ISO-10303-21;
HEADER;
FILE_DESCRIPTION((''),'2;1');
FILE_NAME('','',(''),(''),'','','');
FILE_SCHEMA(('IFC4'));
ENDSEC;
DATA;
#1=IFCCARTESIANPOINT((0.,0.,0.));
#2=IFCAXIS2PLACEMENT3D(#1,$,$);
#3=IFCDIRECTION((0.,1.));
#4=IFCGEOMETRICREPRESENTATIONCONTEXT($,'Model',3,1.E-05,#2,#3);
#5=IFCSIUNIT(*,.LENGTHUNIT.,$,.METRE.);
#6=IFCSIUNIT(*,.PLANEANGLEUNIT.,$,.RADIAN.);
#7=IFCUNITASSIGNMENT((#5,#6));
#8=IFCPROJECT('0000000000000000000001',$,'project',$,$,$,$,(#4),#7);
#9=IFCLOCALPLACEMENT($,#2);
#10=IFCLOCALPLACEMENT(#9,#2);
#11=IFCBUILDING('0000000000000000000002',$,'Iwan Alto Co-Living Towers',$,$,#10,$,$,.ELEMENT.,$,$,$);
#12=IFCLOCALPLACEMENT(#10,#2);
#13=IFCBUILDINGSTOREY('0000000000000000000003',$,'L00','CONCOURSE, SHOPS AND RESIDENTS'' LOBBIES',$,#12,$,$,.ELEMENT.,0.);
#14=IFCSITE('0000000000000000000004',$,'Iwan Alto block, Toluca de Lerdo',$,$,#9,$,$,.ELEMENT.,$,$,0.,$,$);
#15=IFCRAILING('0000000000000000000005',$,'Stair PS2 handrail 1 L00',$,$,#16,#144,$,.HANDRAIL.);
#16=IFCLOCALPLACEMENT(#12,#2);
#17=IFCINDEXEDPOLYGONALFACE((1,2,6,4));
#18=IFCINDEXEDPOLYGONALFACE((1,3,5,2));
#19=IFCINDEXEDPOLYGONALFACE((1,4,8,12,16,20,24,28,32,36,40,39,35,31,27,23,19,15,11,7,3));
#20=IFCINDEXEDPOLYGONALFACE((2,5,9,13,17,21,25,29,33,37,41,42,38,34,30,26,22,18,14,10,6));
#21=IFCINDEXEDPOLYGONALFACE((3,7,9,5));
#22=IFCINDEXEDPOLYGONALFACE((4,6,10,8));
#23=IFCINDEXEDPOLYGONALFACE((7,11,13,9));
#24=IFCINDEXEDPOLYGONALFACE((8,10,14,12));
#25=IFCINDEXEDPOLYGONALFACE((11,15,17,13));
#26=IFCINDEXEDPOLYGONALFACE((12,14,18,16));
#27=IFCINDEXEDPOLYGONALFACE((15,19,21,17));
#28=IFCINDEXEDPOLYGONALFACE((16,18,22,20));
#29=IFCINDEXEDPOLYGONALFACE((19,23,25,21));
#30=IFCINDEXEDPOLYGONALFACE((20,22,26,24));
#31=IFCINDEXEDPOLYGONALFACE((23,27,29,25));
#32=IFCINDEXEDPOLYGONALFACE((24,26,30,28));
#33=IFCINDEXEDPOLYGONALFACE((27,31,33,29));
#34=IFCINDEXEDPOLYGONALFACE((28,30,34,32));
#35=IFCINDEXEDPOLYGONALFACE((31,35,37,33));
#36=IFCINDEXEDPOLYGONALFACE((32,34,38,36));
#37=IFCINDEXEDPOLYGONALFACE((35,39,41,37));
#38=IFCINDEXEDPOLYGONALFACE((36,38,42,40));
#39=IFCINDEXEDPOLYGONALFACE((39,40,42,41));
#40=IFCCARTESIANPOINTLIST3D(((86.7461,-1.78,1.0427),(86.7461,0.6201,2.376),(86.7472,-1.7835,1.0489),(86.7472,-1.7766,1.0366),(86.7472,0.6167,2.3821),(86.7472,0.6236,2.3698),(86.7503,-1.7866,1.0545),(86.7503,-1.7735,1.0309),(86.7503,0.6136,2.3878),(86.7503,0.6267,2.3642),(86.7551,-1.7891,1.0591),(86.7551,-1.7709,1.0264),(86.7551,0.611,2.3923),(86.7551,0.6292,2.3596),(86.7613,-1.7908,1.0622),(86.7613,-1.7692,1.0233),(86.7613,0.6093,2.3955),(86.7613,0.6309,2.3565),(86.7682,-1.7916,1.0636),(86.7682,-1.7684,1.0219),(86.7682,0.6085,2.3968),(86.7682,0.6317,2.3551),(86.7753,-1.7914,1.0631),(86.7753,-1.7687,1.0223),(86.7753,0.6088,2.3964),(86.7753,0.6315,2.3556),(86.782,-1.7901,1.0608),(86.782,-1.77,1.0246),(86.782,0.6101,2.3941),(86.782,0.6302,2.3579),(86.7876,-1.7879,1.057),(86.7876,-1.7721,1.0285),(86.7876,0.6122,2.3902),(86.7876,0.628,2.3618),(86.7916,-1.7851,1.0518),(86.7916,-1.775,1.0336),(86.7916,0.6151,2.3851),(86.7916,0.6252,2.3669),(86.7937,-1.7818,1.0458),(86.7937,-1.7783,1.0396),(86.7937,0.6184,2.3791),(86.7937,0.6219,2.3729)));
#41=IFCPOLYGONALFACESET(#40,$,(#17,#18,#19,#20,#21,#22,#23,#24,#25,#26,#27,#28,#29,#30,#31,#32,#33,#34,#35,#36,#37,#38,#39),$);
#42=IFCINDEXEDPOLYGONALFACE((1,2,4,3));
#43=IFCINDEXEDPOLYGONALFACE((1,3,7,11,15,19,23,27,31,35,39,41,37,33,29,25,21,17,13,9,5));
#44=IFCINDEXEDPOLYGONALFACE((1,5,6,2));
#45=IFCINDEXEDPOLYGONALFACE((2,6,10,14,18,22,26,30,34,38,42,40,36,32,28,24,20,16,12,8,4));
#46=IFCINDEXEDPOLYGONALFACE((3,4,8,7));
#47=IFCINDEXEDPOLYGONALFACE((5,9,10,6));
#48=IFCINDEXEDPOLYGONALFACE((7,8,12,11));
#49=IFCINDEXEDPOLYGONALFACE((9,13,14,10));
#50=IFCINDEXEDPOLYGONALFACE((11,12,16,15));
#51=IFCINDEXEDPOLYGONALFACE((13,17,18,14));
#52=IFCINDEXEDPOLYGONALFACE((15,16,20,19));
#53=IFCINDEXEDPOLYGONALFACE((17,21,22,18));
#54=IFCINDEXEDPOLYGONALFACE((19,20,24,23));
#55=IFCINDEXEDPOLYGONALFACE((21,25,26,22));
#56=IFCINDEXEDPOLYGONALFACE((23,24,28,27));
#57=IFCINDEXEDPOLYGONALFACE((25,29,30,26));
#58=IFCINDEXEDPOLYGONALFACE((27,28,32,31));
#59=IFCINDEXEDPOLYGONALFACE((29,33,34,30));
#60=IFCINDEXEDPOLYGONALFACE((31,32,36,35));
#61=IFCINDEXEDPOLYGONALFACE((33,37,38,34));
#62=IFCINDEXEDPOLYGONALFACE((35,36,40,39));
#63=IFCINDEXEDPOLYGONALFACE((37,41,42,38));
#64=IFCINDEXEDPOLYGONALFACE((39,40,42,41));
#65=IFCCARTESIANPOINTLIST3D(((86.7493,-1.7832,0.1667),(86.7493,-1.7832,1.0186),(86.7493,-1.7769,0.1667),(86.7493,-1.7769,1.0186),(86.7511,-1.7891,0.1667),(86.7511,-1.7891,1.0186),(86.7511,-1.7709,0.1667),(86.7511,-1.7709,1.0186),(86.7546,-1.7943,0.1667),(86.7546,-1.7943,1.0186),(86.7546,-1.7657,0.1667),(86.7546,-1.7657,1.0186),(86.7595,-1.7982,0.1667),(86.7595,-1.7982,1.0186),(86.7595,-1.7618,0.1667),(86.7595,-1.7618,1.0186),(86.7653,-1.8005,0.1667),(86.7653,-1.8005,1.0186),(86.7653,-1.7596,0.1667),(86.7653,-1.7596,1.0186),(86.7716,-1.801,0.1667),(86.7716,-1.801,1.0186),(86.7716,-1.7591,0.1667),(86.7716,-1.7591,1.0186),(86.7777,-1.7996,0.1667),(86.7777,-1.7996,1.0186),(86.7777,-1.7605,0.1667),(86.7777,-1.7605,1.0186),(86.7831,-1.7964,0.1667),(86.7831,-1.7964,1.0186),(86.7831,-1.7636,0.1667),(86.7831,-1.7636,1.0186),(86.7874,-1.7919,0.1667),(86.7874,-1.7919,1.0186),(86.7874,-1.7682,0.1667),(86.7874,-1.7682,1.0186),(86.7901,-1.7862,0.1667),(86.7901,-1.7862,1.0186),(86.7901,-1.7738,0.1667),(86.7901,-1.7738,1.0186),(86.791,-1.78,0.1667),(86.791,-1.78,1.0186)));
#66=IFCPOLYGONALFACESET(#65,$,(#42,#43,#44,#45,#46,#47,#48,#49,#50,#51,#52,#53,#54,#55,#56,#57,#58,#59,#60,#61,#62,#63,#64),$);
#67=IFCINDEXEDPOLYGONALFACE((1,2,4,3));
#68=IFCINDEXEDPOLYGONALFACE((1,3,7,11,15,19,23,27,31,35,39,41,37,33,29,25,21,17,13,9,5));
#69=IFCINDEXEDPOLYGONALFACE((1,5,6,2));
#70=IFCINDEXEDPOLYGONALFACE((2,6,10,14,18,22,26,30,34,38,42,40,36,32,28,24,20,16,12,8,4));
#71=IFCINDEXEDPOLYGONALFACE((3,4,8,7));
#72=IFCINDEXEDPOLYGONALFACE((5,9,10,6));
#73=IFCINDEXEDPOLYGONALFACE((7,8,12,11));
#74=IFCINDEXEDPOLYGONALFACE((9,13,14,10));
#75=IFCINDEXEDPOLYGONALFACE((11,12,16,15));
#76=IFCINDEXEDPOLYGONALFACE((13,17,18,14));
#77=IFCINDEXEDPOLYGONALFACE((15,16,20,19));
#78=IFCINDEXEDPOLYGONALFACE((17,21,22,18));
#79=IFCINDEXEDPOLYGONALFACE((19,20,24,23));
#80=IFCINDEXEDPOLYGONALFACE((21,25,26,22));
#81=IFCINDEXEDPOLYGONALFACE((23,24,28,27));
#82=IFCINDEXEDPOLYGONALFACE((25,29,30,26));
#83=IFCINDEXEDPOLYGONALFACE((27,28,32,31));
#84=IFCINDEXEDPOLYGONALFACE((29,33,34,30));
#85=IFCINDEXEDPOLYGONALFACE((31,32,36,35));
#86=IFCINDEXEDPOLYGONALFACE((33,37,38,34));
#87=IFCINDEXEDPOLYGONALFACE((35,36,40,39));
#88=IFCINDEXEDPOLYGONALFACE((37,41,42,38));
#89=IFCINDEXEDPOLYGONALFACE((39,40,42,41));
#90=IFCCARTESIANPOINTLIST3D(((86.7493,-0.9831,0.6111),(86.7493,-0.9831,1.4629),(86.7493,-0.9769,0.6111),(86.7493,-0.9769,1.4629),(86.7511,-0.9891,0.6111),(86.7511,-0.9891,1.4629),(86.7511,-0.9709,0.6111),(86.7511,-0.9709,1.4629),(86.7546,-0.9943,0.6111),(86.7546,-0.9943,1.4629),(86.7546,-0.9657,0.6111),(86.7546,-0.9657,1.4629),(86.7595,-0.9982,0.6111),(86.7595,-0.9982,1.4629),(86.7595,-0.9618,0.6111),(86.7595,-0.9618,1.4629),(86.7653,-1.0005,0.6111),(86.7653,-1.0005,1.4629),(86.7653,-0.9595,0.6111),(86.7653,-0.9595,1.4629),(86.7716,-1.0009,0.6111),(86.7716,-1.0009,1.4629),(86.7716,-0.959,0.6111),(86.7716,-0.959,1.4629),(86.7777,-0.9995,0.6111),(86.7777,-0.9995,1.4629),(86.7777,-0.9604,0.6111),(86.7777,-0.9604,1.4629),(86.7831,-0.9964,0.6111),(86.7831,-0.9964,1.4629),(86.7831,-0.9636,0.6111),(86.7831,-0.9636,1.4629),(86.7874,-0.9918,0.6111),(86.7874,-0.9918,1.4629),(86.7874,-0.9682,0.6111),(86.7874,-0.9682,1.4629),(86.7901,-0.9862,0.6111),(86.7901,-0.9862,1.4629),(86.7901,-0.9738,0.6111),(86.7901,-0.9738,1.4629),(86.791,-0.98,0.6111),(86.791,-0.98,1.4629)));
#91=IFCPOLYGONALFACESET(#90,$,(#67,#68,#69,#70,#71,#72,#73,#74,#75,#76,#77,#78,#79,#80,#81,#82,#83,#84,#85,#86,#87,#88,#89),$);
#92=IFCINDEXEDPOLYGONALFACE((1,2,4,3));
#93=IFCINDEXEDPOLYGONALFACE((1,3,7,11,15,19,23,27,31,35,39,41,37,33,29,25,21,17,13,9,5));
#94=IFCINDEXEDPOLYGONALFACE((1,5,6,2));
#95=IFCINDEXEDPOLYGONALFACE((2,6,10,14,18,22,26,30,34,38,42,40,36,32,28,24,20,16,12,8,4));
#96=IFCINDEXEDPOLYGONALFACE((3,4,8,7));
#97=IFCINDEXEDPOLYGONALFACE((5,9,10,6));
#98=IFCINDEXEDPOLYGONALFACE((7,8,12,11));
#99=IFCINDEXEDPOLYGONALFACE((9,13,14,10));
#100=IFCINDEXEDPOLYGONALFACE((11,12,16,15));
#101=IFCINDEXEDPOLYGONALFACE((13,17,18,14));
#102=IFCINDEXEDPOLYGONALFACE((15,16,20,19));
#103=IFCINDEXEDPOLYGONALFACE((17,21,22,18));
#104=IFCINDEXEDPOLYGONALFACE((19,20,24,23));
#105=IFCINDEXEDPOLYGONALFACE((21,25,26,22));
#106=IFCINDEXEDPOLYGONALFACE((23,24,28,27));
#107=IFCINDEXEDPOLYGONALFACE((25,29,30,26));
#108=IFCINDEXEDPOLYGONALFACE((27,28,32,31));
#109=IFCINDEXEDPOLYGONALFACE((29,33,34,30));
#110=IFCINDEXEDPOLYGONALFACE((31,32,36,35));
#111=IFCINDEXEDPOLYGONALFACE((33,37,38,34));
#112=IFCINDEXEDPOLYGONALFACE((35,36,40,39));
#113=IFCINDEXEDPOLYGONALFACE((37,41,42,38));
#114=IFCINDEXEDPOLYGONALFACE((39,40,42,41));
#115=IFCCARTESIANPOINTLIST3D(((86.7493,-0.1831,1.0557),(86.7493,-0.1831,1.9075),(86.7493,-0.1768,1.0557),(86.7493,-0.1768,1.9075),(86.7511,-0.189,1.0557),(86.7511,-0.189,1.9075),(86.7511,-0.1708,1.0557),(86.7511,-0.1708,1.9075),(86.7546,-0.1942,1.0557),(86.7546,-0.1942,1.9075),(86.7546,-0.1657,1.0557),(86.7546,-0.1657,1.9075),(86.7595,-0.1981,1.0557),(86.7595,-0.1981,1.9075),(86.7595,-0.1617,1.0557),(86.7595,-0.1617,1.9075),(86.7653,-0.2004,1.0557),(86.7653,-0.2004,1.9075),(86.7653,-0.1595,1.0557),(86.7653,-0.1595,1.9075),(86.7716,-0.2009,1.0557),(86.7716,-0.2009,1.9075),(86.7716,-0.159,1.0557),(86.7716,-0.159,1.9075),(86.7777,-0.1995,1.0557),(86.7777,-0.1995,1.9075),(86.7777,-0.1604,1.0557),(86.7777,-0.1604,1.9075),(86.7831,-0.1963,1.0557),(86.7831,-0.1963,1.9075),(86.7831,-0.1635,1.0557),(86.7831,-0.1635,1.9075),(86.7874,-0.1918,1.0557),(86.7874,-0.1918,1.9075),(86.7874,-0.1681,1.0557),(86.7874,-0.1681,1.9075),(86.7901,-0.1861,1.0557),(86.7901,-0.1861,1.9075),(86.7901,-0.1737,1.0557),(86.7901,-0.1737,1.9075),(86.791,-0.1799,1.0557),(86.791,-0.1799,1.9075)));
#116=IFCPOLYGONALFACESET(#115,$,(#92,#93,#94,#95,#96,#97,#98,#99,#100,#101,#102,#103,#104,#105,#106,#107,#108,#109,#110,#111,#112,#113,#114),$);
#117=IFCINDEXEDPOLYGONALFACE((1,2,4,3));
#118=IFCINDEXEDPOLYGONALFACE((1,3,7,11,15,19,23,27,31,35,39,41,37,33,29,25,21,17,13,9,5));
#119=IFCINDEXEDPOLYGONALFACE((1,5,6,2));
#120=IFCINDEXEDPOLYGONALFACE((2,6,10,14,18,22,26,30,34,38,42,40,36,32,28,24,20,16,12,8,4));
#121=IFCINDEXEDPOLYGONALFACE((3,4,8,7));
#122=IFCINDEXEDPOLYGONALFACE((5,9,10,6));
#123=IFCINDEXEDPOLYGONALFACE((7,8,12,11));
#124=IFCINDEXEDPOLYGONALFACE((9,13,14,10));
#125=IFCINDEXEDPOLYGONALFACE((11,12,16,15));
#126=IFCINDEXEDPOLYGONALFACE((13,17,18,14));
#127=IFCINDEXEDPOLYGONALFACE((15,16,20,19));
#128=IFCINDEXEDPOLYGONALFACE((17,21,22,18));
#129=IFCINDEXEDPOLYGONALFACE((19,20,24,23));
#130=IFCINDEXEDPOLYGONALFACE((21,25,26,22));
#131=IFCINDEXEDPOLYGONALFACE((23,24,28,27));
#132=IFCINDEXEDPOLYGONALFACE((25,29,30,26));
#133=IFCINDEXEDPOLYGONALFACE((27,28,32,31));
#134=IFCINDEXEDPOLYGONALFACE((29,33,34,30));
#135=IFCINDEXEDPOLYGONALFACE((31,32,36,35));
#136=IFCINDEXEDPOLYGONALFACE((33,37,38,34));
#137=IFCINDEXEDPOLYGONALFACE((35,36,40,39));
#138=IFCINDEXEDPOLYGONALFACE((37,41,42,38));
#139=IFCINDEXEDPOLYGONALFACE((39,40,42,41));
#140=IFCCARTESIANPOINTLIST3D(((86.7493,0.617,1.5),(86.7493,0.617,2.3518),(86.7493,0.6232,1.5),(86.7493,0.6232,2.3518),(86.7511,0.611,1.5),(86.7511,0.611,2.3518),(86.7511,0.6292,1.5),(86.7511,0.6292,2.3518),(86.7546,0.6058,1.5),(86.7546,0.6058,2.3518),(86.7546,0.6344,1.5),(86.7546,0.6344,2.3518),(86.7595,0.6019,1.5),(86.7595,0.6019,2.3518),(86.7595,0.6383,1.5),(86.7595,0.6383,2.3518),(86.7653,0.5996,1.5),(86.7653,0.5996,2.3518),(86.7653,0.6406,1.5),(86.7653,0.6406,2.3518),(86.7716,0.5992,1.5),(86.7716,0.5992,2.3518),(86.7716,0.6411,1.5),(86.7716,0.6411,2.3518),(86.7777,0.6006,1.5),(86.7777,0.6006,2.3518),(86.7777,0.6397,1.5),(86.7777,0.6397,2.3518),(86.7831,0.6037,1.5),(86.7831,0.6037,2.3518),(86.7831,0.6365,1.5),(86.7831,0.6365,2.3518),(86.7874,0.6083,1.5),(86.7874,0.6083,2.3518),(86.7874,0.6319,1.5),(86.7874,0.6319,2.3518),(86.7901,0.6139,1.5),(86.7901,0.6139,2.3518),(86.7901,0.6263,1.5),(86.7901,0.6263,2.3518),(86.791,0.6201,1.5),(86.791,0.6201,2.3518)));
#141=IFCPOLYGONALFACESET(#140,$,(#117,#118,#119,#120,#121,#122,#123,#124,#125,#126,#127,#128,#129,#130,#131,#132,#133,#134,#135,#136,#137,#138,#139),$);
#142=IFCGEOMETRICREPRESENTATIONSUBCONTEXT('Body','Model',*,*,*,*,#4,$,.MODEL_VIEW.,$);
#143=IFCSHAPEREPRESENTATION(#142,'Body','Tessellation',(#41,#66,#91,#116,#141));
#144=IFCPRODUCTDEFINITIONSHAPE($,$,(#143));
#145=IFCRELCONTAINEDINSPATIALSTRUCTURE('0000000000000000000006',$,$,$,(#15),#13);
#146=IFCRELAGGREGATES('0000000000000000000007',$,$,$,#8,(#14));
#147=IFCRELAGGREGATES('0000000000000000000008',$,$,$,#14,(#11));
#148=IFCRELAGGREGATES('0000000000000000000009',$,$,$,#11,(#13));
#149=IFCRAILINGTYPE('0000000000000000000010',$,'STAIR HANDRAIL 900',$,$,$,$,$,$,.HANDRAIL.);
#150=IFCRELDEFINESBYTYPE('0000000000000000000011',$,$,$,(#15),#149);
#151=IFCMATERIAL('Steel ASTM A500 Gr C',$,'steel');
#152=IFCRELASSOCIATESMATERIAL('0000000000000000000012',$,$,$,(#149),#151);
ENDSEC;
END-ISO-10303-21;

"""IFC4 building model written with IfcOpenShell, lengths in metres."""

from ifc_helpers import new_model, si_unit, direction, frame, origin, origin_2d, place, context, subcontext, project, spatial, circle, extrude, material, type_object, element, save


model = new_model("IFC4")

# Units and contexts
model_context = context("Model", 3, precision=1e-05, world=origin(), true_north=direction((0.0, 1.0)))
body_context = subcontext(model_context, "Body", "Model", "MODEL_VIEW")
ifc_project = project(units=[si_unit("LENGTHUNIT", "METRE"), si_unit("PLANEANGLEUNIT", "RADIAN")], contexts=[model_context])

# Site, building, storey
site_placement = place(None, origin())
site = spatial("IfcSite", under=ifc_project, at=site_placement, Name="Iwan Alto block, Toluca de Lerdo", CompositionType="ELEMENT", RefElevation=0.0)
building_placement = place(site_placement, origin())
building = spatial("IfcBuilding", under=site, at=building_placement, Name="Iwan Alto Co-Living Towers", CompositionType="ELEMENT")
storey_placement = place(building_placement, origin())
storey = spatial("IfcBuildingStorey", under=building, at=storey_placement, Name="L00", Description="CONCOURSE, SHOPS AND RESIDENTS' LOBBIES", CompositionType="ELEMENT", Elevation=0.0)

# Railing
ifc_material_1 = material(Name="Steel ASTM A500 Gr C", Category="steel")
railing_type_1 = type_object("IfcRailingType", Name="STAIR HANDRAIL 900", PredefinedType="HANDRAIL", material=ifc_material_1)
for number, where, name in (
    (1, (86.77, -1.78, 0.1667), "Stair PS2 handrail 1 L00"),
):
    element("IfcRailing", number, at=place(storey_placement, frame(where)), inside=storey, type_object=railing_type_1, Name=name, PredefinedType="HANDRAIL", context=body_context, shape_type="SweptSolid", body=[
        extrude(circle(Radius=0.0239, at=origin_2d()), frame((0.0, 0.0, 0.876), z_axis=(0.0, 0.874182, 0.485598), x_axis=(-1.0, 0.0, 0.0)), (0.0, 0.0, 1.0), 2.7456),
        extrude(circle(Radius=0.021, at=origin_2d()), origin(), (0.0, 0.0, 1.0), 0.8518),
        extrude(circle(Radius=0.021, at=origin_2d()), frame((0.0, 0.8, 0.4443)), (0.0, 0.0, 1.0), 0.8518),
        extrude(circle(Radius=0.021, at=origin_2d()), frame((0.0, 1.6001, 0.8889)), (0.0, 0.0, 1.0), 0.8518),
        extrude(circle(Radius=0.021, at=origin_2d()), frame((0.0, 2.4001, 1.3333)), (0.0, 0.0, 1.0), 0.8518),
    ])

save(model, "model.ifc")
